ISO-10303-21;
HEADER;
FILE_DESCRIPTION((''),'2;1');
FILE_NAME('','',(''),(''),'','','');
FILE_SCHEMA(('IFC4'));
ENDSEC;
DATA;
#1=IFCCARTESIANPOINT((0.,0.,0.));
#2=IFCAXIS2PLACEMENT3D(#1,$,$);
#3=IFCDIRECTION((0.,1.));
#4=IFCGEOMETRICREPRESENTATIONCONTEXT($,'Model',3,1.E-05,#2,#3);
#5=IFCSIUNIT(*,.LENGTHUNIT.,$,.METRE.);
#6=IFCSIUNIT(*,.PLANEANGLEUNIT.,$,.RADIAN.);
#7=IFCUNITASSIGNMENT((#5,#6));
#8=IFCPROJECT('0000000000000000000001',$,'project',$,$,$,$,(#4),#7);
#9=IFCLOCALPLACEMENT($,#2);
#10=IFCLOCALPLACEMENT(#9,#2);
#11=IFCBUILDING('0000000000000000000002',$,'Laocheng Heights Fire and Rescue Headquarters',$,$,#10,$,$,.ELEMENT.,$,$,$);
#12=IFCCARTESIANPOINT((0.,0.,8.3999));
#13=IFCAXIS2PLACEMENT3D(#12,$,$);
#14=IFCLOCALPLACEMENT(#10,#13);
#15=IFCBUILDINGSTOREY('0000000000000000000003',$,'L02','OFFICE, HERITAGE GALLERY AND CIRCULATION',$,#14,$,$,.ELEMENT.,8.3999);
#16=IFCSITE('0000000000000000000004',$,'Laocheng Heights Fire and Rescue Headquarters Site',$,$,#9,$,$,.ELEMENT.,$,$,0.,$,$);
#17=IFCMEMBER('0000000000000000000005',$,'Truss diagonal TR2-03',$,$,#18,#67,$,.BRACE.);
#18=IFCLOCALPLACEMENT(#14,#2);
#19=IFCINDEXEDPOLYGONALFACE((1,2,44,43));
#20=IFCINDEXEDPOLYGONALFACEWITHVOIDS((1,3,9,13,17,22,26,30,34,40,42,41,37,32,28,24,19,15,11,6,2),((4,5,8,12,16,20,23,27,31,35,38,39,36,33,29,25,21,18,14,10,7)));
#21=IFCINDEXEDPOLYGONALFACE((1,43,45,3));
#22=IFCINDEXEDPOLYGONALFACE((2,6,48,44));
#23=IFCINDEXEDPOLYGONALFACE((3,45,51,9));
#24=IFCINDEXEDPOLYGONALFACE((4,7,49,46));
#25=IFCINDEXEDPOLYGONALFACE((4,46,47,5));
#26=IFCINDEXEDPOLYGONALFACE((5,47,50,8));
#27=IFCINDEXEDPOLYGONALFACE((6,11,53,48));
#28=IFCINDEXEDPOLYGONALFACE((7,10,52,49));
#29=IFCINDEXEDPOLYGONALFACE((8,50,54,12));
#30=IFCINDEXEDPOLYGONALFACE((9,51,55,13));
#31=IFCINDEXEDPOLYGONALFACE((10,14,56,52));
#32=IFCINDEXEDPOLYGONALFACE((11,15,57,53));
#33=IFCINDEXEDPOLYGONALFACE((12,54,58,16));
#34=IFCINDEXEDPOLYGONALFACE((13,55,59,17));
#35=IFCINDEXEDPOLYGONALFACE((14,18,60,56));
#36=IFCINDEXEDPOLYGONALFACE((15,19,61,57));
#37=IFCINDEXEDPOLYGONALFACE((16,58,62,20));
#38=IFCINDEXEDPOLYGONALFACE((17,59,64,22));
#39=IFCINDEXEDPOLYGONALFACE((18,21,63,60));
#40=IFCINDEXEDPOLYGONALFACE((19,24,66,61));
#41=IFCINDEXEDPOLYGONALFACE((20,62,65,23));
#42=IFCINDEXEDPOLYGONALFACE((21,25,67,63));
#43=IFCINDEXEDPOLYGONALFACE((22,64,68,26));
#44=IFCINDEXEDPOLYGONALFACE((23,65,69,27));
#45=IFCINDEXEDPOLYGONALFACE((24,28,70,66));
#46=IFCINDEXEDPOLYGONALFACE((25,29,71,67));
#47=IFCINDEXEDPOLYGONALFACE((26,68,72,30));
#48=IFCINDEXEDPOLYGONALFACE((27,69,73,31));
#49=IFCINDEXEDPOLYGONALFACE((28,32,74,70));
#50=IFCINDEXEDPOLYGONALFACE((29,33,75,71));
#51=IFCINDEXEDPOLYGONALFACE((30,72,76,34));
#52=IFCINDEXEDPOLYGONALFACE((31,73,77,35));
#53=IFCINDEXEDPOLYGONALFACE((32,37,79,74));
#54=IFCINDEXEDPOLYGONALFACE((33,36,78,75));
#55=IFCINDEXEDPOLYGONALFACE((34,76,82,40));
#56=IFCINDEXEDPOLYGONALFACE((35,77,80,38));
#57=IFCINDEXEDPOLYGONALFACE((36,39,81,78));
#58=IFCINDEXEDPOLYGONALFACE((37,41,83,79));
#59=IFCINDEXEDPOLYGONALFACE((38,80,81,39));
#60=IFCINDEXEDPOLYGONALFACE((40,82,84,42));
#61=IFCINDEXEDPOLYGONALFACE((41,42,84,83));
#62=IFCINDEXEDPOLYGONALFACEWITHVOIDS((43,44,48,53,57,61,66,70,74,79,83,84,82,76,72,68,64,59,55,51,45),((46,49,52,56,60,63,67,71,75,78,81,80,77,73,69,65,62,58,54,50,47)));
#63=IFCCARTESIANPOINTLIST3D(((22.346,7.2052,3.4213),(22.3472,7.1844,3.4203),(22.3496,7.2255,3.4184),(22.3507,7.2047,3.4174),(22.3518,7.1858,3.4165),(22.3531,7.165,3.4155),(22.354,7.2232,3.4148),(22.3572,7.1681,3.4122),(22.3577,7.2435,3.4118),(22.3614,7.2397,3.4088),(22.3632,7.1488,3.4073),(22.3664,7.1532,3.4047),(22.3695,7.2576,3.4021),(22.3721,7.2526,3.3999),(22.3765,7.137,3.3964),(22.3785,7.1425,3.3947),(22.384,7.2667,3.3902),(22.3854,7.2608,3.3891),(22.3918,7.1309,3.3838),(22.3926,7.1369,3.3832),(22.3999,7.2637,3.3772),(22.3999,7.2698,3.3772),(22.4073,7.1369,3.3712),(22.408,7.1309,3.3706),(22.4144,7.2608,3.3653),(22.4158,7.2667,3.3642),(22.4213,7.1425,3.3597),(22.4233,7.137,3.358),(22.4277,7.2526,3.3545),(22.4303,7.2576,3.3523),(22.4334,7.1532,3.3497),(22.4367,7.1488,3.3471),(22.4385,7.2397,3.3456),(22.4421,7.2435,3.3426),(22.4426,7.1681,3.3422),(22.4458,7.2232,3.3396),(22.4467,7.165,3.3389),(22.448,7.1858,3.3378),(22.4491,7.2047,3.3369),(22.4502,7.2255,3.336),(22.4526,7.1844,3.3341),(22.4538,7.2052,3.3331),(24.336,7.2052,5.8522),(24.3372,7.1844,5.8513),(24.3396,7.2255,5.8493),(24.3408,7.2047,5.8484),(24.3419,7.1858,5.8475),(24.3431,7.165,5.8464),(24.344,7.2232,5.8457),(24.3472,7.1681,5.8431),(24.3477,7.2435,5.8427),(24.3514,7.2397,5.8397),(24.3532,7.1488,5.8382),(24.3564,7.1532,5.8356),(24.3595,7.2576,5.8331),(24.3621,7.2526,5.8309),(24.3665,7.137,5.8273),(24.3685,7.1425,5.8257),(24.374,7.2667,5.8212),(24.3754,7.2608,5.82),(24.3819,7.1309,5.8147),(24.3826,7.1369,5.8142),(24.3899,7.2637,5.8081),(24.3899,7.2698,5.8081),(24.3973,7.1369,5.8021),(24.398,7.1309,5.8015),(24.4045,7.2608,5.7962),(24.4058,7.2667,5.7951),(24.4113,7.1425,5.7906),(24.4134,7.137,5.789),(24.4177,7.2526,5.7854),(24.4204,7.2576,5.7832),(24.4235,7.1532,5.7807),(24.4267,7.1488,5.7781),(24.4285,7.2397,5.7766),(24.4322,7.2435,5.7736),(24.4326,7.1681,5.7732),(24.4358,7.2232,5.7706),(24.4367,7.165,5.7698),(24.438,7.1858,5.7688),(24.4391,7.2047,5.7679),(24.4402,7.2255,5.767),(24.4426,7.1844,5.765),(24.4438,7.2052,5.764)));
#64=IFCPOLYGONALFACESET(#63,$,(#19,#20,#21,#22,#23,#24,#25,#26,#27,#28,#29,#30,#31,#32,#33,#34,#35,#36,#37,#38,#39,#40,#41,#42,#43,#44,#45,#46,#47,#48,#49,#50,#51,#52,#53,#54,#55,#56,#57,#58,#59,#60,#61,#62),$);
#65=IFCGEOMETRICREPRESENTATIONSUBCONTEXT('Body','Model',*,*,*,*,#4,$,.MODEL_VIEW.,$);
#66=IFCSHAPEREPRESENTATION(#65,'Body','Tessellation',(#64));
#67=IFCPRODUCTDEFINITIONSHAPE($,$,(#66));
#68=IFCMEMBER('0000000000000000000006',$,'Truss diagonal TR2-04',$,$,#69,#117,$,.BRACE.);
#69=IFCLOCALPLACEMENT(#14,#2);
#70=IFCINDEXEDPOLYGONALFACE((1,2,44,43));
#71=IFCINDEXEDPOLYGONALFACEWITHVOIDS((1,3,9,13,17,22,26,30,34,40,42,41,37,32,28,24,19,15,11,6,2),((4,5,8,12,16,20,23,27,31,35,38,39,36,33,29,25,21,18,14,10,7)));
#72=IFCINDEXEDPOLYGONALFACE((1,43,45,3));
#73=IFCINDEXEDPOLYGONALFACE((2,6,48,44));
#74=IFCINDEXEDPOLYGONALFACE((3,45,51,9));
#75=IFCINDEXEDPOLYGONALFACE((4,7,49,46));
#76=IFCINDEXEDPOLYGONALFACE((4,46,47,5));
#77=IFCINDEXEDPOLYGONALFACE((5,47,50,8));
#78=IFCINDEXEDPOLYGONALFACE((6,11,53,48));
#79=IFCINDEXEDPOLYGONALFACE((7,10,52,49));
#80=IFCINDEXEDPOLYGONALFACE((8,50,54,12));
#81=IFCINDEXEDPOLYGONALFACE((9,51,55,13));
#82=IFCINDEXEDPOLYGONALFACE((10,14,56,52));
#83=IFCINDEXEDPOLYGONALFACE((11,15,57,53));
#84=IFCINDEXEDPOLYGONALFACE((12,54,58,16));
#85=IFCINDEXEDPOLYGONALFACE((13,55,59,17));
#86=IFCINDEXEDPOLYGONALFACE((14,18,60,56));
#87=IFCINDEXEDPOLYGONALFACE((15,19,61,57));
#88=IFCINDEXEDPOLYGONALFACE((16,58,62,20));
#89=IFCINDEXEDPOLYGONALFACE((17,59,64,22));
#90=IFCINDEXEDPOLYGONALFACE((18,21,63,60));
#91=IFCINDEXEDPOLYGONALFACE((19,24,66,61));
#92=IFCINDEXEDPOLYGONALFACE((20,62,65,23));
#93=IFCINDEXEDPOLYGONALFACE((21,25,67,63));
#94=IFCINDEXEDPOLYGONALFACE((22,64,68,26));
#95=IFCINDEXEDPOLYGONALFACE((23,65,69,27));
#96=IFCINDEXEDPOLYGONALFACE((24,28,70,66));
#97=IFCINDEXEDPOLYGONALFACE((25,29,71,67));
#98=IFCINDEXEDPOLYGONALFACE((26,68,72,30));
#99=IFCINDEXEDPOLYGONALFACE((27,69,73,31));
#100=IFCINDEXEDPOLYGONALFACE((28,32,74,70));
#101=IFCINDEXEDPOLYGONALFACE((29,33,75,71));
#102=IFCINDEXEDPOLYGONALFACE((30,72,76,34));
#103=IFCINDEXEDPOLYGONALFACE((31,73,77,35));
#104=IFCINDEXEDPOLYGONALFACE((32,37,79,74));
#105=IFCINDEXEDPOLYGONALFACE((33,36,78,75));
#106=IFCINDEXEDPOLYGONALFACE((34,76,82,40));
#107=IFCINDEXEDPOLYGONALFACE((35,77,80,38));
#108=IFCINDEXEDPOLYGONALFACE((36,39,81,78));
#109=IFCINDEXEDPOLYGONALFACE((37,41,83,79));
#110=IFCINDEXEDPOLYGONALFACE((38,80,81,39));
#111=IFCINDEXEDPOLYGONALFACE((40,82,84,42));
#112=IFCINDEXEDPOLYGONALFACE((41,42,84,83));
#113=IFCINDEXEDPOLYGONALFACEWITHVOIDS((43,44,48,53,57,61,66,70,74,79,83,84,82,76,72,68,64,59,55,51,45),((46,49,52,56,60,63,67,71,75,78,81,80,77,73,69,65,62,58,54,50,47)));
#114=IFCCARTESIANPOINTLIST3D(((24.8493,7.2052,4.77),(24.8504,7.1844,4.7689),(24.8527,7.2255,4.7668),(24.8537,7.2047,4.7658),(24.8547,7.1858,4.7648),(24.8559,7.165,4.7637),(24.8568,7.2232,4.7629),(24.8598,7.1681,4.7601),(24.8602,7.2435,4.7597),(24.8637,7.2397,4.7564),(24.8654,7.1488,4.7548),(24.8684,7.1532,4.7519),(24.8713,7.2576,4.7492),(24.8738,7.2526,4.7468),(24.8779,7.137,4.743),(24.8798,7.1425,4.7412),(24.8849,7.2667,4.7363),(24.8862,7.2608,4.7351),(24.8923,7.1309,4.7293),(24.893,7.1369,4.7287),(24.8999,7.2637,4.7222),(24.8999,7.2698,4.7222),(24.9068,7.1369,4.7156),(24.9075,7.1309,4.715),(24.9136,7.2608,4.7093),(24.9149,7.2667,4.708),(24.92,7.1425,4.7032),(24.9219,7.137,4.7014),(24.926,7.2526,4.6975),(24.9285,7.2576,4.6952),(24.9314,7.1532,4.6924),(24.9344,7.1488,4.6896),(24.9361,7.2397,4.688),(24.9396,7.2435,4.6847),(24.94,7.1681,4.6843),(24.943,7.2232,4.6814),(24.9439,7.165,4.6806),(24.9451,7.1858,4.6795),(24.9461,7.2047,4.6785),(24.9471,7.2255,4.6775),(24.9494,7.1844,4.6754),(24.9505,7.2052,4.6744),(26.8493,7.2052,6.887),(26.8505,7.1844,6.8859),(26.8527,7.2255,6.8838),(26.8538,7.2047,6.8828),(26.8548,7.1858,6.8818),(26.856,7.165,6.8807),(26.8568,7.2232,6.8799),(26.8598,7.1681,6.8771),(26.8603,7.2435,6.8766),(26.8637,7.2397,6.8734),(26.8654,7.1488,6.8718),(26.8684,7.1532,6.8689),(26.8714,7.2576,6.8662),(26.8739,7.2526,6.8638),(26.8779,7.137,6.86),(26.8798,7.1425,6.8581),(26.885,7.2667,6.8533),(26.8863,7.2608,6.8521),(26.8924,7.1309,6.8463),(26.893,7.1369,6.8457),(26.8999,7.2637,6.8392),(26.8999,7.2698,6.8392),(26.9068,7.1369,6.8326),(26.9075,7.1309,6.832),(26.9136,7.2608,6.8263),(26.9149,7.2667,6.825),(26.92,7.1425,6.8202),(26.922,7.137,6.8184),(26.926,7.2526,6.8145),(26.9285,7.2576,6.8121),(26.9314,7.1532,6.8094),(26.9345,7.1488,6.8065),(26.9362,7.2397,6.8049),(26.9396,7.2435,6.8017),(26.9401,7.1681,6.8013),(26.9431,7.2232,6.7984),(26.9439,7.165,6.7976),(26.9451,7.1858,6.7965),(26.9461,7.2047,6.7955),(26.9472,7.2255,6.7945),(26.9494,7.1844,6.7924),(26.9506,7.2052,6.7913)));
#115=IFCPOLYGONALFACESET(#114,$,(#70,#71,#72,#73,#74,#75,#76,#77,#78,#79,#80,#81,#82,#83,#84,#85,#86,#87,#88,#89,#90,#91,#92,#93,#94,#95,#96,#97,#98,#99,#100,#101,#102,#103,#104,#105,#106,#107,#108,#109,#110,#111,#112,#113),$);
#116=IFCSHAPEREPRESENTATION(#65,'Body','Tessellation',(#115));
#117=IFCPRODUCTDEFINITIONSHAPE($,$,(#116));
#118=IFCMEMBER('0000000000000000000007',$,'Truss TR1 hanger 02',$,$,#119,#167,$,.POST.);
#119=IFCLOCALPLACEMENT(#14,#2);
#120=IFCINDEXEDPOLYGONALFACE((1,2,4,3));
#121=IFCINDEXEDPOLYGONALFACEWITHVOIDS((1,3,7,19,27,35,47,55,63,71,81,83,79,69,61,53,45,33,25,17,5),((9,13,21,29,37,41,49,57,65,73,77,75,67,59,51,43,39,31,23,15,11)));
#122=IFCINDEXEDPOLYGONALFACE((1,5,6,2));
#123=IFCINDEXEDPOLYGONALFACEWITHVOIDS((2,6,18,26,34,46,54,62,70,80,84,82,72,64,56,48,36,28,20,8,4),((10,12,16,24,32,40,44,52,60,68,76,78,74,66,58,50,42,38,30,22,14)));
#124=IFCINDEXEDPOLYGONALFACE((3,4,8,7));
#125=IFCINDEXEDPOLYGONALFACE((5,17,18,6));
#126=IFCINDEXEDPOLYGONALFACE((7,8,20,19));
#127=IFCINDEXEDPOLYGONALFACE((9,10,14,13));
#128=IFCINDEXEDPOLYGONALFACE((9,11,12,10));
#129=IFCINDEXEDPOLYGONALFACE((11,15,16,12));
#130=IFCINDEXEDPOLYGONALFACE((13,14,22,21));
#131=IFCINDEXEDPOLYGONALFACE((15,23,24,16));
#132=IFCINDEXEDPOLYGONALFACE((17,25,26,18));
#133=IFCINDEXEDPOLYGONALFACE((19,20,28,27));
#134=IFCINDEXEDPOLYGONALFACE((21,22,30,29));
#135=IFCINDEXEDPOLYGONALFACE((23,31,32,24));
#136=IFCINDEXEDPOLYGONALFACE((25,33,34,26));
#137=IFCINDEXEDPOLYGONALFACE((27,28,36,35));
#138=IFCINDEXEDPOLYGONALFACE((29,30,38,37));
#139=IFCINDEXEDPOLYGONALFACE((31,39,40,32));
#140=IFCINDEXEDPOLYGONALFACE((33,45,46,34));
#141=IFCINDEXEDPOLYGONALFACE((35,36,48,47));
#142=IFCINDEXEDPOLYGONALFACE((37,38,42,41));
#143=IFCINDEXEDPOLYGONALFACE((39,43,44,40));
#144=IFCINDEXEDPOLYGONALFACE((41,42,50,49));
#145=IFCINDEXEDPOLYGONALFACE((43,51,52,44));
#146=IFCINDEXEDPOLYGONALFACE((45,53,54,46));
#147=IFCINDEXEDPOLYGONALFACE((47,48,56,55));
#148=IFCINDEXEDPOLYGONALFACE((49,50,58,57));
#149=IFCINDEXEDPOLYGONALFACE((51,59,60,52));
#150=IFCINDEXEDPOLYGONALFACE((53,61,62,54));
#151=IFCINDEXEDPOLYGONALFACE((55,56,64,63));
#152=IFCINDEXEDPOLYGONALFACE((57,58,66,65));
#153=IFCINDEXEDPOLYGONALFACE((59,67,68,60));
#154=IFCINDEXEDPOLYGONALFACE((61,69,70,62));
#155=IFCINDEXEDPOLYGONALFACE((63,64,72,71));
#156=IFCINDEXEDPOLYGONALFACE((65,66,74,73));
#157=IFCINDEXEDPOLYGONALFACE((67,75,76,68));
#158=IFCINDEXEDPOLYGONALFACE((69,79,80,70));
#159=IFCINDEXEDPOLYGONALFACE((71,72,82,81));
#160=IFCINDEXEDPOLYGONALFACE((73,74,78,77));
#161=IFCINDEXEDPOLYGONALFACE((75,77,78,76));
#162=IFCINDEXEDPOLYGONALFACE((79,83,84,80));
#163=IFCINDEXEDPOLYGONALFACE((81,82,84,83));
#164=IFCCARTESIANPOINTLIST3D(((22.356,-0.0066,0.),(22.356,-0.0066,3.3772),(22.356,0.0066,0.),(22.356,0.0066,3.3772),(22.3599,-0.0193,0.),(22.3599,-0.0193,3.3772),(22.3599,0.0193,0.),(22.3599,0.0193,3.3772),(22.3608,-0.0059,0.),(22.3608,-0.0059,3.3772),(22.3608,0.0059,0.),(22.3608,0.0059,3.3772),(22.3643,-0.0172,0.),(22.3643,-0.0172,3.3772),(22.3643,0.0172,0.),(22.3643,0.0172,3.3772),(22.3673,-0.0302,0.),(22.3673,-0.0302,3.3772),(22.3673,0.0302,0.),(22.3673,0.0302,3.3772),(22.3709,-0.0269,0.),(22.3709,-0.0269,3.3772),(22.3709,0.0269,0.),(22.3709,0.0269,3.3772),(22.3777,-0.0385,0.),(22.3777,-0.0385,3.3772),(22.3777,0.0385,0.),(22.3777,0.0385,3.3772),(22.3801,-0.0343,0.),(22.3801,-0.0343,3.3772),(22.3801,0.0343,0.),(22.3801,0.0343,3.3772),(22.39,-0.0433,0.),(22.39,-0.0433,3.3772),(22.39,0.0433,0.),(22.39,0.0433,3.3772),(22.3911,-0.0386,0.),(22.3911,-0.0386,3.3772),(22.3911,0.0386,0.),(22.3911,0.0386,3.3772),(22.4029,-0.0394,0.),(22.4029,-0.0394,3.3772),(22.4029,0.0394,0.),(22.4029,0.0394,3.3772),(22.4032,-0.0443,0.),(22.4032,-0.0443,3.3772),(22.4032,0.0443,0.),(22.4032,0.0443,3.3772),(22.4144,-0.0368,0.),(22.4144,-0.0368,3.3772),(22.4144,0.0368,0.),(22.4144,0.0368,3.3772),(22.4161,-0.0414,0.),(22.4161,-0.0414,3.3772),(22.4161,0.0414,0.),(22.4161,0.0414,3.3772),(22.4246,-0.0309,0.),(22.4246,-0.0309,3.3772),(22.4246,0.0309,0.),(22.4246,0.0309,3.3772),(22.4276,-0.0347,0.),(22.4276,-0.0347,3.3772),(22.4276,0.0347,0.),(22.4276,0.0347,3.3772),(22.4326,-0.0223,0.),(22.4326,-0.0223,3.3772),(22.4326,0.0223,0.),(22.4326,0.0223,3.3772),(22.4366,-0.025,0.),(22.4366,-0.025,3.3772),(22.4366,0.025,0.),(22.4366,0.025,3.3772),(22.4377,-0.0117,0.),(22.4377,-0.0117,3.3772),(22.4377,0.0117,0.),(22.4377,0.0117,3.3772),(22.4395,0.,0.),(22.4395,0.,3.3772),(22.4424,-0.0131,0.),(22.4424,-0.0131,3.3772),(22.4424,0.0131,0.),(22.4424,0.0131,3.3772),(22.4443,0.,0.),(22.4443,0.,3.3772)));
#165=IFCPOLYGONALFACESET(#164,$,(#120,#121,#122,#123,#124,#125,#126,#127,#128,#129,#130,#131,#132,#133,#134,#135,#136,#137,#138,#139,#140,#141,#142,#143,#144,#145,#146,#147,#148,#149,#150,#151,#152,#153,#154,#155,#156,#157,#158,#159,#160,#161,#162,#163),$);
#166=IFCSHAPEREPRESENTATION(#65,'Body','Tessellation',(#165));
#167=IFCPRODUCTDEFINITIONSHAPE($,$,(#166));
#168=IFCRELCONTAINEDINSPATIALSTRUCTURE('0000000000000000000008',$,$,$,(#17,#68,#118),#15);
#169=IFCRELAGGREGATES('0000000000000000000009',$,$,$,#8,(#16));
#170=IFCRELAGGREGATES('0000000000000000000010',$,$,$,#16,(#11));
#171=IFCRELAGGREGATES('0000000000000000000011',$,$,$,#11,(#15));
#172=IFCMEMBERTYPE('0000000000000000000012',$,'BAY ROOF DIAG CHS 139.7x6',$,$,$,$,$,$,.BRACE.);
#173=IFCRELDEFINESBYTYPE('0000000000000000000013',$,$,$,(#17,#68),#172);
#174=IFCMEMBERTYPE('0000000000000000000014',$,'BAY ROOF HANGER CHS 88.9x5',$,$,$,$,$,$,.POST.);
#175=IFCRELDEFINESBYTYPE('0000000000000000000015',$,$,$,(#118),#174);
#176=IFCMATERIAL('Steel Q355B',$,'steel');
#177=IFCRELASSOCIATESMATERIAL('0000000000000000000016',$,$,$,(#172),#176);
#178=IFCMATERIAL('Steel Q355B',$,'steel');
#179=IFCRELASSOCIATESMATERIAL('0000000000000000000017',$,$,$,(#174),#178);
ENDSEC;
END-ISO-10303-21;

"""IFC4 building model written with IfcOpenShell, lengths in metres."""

from ifc_helpers import new_model, si_unit, direction, frame, origin, origin_2d, place, context, subcontext, project, spatial, hollow_circle, extrude, material, material_profile, profile_set, type_object, element, save


model = new_model("IFC4")

# Units and contexts
model_context = context("Model", 3, precision=1e-05, world=origin(), true_north=direction((0.0, 1.0)))
body_context = subcontext(model_context, "Body", "Model", "MODEL_VIEW")
ifc_project = project(units=[si_unit("LENGTHUNIT", "METRE"), si_unit("PLANEANGLEUNIT", "RADIAN")], contexts=[model_context])

# Site, building, storey
site_placement = place(None, origin())
site = spatial("IfcSite", under=ifc_project, at=site_placement, Name="Laocheng Heights Fire and Rescue Headquarters Site", CompositionType="ELEMENT", RefElevation=0.0)
building_placement = place(site_placement, origin())
building = spatial("IfcBuilding", under=site, at=building_placement, Name="Laocheng Heights Fire and Rescue Headquarters", CompositionType="ELEMENT")
storey_placement = place(building_placement, frame((0.0, 0.0, 8.3999)))
storey = spatial("IfcBuildingStorey", under=building, at=storey_placement, Name="L02", Description="OFFICE, HERITAGE GALLERY AND CIRCULATION", CompositionType="ELEMENT", Elevation=8.3999)

# Members
ifc_material_1 = material(Name="Steel Q355B", Category="steel")
ifc_material_profile_1 = material_profile(ifc_material_1, hollow_circle(Radius=0.0698, WallThickness=0.0061, at=origin_2d()), Name="CHS 139.7x6")
ifc_profile_set_1 = profile_set([ifc_material_profile_1], Name="Steel Q355B")
member_type_1 = type_object("IfcMemberType", Name="BAY ROOF DIAG CHS 139.7x6", PredefinedType="BRACE", material=ifc_profile_set_1)
member_1_placement = place(storey_placement, frame((22.3999, 7.2, 3.3772), z_axis=(0.633441, 0.0, 0.773791), x_axis=(0.0, 1.0, 0.0)))
element("IfcMember", 1, at=member_1_placement, inside=storey, type_object=member_type_1, Name="Truss diagonal TR2-03", PredefinedType="BRACE", context=body_context, shape_type="SweptSolid", body=[
    extrude(hollow_circle(Radius=0.0698, WallThickness=0.0061, at=origin_2d()), origin(), (0.0, 0.0, 1.0), 3.1416),
])
member_2_placement = place(storey_placement, frame((24.8999, 7.2, 4.7222), z_axis=(0.686744, 0.0, 0.726899), x_axis=(0.0, 1.0, 0.0)))
element("IfcMember", 2, at=member_2_placement, inside=storey, type_object=member_type_1, Name="Truss diagonal TR2-04", PredefinedType="BRACE", context=body_context, shape_type="SweptSolid", body=[
    extrude(hollow_circle(Radius=0.0698, WallThickness=0.0061, at=origin_2d()), origin(), (0.0, 0.0, 1.0), 2.9124),
])
ifc_material_2 = material(Name="Steel Q355B", Category="steel")
ifc_material_profile_2 = material_profile(ifc_material_2, hollow_circle(Radius=0.0444, WallThickness=0.0049, at=origin_2d()), Name="CHS 88.9x5")
ifc_profile_set_2 = profile_set([ifc_material_profile_2], Name="Steel Q355B")
member_type_2 = type_object("IfcMemberType", Name="BAY ROOF HANGER CHS 88.9x5", PredefinedType="POST", material=ifc_profile_set_2)
member_3_placement = place(storey_placement, frame((22.3999, 0.0, 0.0), z_axis=(0.0, 0.0, 1.0), x_axis=(1.0, 0.0, 0.0)))
element("IfcMember", 3, at=member_3_placement, inside=storey, type_object=member_type_2, Name="Truss TR1 hanger 02", PredefinedType="POST", context=body_context, shape_type="SweptSolid", body=[
    extrude(hollow_circle(Radius=0.0444, WallThickness=0.0049, at=origin_2d()), origin(), (0.0, 0.0, 1.0), 3.3772),
])

save(model, "model.ifc")
